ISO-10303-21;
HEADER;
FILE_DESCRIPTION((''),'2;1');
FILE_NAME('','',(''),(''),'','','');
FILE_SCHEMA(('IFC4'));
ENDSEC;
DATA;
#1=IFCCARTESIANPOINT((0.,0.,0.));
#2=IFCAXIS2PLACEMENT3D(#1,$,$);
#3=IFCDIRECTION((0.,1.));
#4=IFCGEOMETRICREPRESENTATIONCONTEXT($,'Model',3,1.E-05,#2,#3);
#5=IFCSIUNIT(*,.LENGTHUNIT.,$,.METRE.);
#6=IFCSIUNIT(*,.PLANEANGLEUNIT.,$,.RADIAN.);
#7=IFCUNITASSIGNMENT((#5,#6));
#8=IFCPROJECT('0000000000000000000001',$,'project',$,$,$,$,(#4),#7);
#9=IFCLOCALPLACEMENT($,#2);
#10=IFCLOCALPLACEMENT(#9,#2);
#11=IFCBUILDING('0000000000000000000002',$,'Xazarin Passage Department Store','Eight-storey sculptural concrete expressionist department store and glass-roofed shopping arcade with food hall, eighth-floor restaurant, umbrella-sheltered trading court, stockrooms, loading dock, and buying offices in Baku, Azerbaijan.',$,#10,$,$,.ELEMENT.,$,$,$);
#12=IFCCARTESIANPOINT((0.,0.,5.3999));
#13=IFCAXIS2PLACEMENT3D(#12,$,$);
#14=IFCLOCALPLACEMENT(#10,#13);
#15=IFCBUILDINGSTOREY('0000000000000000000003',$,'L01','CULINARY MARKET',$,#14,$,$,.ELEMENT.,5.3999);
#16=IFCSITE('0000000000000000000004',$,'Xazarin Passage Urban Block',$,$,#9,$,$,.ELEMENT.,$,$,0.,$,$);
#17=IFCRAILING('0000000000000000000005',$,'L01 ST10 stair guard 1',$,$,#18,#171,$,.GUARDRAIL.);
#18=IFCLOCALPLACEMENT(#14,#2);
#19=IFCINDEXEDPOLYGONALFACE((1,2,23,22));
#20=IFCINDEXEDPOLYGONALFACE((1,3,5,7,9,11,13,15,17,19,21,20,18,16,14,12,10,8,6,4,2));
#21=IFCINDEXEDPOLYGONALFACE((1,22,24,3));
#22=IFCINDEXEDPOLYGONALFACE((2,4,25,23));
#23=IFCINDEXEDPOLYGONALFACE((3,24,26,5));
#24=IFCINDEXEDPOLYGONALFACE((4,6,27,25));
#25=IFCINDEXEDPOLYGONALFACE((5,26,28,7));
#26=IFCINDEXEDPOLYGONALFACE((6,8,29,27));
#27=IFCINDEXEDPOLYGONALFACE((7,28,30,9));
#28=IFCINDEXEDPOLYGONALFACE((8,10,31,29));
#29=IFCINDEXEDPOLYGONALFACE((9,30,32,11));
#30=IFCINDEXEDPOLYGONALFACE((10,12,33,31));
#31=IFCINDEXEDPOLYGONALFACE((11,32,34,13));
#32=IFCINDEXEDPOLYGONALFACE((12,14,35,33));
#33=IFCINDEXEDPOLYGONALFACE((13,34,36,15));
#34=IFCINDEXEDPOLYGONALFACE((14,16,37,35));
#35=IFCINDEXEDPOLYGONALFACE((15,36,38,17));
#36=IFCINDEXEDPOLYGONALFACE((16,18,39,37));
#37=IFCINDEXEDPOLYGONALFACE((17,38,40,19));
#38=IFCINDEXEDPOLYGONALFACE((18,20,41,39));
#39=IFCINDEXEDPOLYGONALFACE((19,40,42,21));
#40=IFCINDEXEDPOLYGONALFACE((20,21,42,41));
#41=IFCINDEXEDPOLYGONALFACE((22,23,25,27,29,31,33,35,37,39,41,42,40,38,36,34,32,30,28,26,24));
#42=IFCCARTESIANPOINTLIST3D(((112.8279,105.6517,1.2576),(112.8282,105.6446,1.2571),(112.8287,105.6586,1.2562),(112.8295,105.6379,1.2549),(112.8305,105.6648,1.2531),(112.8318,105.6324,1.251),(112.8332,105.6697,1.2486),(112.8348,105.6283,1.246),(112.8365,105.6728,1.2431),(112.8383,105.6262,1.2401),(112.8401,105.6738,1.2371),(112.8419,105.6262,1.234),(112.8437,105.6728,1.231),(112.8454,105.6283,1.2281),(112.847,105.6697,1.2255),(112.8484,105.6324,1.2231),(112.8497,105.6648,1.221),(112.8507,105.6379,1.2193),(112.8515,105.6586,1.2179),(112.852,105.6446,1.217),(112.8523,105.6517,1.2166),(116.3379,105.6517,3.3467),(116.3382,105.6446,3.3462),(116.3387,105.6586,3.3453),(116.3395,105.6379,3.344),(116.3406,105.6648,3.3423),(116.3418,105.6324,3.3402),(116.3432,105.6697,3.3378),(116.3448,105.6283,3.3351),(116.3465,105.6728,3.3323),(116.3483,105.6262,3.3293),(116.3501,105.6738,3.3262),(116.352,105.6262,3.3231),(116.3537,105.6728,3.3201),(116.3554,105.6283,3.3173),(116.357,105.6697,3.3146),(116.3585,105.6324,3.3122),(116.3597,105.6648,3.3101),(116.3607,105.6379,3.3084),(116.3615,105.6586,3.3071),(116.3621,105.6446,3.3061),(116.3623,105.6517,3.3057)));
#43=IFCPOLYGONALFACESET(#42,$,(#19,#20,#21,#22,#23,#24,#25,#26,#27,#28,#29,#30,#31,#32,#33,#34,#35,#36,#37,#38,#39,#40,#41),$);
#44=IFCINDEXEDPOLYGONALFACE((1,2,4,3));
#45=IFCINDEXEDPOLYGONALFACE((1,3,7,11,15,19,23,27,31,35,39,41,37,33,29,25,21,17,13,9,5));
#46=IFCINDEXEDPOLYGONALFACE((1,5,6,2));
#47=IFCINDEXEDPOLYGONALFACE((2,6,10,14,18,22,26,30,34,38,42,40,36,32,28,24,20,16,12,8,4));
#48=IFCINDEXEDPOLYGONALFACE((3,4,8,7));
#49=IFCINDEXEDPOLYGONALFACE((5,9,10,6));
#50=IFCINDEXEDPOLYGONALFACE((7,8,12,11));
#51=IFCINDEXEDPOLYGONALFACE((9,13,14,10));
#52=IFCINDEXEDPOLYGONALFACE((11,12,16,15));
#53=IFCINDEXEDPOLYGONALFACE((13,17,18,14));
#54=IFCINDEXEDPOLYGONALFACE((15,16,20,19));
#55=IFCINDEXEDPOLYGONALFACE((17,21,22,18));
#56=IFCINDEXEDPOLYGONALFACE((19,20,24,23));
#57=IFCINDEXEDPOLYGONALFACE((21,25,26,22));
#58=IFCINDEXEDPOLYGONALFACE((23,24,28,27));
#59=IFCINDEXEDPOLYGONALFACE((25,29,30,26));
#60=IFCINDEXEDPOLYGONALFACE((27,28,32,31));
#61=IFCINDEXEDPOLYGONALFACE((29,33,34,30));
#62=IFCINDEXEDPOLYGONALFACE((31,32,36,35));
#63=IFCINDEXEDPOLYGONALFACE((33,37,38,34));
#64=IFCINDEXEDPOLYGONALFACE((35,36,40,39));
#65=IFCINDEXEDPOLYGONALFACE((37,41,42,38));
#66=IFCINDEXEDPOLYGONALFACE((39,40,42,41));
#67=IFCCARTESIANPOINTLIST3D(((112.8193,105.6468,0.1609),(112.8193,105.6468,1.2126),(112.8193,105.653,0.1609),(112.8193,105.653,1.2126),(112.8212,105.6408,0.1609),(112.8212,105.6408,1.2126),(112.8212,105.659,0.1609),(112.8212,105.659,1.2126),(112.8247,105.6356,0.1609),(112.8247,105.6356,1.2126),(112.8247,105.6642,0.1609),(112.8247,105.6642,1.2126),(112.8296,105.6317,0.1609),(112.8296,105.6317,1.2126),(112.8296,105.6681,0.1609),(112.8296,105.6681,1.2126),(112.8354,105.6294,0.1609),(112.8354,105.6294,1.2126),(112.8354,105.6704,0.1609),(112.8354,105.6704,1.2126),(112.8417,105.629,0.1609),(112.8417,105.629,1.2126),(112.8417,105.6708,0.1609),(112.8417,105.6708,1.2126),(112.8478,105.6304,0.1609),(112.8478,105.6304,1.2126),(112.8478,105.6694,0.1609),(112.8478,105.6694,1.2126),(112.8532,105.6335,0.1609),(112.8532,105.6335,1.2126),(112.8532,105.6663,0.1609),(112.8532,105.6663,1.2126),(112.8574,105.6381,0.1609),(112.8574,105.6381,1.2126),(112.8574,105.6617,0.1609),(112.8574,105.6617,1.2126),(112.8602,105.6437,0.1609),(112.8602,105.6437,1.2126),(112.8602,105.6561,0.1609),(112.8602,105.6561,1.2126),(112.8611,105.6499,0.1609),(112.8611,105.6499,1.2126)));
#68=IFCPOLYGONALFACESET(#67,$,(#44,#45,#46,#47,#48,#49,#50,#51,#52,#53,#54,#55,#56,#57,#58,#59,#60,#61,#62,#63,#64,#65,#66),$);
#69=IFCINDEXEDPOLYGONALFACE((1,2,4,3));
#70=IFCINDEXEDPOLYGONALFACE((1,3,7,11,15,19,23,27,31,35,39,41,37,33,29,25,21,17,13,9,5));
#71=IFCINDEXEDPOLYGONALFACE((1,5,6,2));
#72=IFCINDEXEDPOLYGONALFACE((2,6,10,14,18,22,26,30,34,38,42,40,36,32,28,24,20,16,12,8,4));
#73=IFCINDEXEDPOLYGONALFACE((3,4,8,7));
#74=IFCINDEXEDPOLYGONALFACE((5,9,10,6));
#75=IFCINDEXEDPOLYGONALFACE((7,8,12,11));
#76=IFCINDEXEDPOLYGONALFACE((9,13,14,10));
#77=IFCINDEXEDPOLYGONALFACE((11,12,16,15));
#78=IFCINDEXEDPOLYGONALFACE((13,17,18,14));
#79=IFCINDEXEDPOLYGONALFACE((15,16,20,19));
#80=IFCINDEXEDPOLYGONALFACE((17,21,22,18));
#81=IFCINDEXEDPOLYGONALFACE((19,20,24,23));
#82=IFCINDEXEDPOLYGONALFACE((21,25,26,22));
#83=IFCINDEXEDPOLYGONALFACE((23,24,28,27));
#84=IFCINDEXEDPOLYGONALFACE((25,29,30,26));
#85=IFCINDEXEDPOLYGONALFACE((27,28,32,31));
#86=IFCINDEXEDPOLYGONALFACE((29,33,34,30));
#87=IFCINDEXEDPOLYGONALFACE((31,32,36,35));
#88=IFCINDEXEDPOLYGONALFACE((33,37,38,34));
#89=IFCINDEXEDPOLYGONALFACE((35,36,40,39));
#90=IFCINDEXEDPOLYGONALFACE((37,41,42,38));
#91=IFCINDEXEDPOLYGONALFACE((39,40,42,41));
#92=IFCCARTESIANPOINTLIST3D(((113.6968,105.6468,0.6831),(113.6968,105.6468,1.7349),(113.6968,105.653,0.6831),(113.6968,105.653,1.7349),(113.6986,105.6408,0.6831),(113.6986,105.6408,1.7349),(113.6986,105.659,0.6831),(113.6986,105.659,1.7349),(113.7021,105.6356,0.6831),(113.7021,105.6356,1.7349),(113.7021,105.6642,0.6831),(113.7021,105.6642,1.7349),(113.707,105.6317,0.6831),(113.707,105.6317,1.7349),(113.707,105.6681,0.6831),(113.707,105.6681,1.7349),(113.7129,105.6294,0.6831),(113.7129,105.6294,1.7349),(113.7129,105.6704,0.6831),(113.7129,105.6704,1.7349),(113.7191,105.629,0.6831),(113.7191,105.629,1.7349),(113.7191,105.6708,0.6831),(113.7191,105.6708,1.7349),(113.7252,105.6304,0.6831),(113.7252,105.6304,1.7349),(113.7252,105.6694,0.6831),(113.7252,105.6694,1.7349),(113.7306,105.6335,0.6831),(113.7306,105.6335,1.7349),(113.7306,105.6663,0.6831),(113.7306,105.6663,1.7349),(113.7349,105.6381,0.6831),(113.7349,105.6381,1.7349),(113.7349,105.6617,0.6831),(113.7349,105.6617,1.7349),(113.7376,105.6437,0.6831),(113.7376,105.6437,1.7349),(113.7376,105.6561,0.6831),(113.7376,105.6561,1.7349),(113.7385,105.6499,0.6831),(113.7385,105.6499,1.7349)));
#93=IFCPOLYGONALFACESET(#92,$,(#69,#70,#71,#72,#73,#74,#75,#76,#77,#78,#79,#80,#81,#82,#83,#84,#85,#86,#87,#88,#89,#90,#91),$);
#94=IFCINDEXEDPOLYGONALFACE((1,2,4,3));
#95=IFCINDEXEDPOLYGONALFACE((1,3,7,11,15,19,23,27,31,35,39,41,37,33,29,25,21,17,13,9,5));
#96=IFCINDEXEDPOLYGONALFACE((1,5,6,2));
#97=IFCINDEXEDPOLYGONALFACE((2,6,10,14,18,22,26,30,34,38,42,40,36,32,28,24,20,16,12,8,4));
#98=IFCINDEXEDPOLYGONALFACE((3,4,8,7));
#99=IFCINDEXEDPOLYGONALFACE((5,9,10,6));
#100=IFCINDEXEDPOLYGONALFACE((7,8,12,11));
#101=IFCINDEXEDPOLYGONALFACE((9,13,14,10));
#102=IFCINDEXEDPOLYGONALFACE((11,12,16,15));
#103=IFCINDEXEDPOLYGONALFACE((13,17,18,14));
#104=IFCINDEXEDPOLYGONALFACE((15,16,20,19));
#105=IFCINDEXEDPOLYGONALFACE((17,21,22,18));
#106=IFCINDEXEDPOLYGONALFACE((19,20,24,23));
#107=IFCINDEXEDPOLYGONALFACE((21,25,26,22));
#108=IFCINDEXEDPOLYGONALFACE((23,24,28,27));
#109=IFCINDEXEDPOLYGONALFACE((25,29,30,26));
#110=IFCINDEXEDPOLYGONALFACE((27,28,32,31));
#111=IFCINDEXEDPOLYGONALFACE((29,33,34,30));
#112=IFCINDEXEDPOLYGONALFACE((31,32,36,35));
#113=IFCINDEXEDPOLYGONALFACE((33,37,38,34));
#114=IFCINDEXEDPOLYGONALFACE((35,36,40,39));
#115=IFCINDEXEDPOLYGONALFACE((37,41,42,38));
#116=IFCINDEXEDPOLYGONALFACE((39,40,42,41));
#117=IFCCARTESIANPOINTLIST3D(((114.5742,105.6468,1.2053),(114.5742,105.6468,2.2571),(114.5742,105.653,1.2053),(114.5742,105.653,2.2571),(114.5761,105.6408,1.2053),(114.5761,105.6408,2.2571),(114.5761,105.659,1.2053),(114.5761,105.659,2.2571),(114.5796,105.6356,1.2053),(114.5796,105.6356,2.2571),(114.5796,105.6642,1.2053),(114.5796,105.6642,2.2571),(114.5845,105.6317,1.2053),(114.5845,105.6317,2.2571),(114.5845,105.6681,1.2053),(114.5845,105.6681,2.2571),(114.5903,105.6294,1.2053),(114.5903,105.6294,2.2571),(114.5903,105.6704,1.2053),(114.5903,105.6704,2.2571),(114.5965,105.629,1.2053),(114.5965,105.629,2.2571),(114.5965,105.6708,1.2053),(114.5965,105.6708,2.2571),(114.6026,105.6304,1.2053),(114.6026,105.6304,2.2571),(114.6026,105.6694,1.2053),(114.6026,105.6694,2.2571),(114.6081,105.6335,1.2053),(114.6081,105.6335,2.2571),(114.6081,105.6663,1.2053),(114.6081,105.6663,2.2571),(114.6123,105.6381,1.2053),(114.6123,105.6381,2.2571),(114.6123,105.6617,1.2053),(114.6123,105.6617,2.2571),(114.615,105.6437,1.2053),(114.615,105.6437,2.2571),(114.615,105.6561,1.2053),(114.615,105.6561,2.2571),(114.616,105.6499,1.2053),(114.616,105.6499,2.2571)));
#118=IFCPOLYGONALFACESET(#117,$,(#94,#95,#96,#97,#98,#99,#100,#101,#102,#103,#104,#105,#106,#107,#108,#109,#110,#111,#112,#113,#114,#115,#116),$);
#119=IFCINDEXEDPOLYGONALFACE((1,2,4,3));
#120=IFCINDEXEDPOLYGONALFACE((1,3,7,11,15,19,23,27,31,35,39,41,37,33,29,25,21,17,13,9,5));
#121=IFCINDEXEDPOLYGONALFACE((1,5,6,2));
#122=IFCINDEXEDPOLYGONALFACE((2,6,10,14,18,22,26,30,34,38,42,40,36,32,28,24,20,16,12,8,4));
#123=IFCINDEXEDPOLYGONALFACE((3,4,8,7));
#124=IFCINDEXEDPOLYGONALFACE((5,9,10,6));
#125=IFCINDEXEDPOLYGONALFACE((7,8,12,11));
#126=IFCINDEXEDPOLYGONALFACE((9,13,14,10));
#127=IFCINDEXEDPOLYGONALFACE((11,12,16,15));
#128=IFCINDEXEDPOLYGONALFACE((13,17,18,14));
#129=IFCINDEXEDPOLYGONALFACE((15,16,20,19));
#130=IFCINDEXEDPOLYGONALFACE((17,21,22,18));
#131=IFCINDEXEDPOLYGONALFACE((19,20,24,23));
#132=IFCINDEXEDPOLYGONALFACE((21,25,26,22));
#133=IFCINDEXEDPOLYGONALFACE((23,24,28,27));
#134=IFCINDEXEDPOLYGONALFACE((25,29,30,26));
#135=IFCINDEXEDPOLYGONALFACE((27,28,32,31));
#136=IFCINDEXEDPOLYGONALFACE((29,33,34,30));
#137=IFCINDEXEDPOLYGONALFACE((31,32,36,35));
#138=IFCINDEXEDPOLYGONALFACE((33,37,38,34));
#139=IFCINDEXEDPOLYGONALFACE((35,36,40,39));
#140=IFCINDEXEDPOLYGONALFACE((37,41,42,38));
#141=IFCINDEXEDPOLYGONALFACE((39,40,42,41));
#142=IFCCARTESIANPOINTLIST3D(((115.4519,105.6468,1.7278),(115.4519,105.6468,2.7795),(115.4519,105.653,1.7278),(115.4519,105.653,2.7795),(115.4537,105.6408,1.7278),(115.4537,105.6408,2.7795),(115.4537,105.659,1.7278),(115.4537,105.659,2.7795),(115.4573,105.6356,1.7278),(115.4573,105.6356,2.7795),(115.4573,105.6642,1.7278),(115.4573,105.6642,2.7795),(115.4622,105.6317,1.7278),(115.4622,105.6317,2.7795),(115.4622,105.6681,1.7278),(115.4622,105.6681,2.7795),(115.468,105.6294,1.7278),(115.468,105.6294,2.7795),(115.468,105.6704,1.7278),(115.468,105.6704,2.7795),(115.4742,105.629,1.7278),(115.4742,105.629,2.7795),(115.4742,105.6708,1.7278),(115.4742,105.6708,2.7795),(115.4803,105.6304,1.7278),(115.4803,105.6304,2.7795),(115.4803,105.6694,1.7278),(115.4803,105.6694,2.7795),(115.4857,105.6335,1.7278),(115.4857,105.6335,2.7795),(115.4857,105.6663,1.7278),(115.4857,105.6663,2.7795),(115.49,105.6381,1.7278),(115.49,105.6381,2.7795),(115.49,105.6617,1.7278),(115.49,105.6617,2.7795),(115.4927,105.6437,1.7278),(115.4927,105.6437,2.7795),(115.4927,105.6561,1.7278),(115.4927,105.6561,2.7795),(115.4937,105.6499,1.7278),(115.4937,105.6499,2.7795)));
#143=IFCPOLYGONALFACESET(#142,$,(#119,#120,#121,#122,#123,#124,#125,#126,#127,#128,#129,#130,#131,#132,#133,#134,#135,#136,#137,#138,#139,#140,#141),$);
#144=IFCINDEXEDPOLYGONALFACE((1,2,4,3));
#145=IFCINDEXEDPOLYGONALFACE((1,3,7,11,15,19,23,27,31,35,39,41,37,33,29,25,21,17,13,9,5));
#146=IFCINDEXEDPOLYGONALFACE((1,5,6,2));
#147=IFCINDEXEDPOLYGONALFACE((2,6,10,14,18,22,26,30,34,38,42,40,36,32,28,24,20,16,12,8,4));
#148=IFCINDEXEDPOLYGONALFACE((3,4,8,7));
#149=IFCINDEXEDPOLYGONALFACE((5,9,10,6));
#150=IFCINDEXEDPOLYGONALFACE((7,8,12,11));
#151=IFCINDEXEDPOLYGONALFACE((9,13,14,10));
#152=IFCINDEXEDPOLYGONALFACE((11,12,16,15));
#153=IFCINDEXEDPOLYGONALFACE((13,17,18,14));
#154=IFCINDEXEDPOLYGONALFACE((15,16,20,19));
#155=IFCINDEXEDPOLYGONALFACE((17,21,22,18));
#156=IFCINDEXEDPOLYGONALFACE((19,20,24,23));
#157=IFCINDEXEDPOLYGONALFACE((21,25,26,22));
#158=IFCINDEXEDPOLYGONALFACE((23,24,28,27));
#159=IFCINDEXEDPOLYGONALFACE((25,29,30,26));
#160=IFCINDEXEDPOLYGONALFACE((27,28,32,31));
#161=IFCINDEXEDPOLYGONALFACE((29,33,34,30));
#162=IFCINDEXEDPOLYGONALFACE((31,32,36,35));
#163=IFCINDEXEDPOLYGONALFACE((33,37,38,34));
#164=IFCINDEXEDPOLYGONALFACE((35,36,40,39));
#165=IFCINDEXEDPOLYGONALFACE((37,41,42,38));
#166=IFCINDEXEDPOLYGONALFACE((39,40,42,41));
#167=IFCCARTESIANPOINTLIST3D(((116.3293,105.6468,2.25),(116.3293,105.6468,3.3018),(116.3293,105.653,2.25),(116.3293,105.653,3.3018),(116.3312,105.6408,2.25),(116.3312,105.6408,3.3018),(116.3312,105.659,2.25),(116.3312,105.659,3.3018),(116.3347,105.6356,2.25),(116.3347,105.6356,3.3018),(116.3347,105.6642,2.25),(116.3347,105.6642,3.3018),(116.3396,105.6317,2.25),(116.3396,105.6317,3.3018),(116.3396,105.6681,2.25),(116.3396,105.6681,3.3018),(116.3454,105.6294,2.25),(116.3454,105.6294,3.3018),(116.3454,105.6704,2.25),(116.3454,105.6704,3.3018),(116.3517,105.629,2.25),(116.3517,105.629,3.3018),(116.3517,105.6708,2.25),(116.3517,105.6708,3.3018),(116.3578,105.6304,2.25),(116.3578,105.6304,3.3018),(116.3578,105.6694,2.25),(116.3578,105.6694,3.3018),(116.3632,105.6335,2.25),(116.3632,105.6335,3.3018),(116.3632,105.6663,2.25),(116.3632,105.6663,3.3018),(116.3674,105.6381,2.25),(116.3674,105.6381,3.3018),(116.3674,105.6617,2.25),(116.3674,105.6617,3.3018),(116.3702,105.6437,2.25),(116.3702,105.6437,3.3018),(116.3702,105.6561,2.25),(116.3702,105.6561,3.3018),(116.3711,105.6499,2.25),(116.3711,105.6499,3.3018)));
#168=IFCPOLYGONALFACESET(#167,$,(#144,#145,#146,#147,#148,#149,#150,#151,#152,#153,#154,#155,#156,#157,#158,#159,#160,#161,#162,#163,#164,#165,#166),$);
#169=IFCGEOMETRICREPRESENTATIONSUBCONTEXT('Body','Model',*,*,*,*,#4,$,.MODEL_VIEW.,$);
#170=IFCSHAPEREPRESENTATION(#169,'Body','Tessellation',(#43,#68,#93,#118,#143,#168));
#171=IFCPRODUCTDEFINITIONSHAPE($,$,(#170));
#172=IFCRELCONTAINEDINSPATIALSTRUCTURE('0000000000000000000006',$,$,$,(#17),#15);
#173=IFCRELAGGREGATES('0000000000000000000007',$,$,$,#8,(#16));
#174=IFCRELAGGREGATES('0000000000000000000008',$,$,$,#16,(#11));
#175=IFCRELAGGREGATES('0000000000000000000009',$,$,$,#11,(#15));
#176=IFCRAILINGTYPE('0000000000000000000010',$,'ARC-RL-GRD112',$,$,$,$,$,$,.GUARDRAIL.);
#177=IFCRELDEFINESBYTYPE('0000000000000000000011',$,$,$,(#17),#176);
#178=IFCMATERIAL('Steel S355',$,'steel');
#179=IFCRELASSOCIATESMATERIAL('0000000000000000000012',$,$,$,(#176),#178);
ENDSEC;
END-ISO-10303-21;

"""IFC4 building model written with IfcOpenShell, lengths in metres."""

from ifc_helpers import new_model, si_unit, direction, frame, origin, origin_2d, place, context, subcontext, project, spatial, circle, extrude, material, type_object, element, save


model = new_model("IFC4")

# Units and contexts
model_context = context("Model", 3, precision=1e-05, world=origin(), true_north=direction((0.0, 1.0)))
body_context = subcontext(model_context, "Body", "Model", "MODEL_VIEW")
ifc_project = project(units=[si_unit("LENGTHUNIT", "METRE"), si_unit("PLANEANGLEUNIT", "RADIAN")], contexts=[model_context])

# Site, building, storey
site_placement = place(None, origin())
site = spatial("IfcSite", under=ifc_project, at=site_placement, Name="Xazarin Passage Urban Block", CompositionType="ELEMENT", RefElevation=0.0)
building_placement = place(site_placement, origin())
building = spatial("IfcBuilding", under=site, at=building_placement, Name="Xazarin Passage Department Store", Description="Eight-storey sculptural concrete expressionist department store and glass-roofed shopping arcade with food hall, eighth-floor restaurant, umbrella-sheltered trading court, stockrooms, loading dock, and buying offices in Baku, Azerbaijan.", CompositionType="ELEMENT")
storey_placement = place(building_placement, frame((0.0, 0.0, 5.3999)))
storey = spatial("IfcBuildingStorey", under=building, at=storey_placement, Name="L01", Description="CULINARY MARKET", CompositionType="ELEMENT", Elevation=5.3999)

# Shared definitions
ifc_material_1 = material(Name="Steel S355", Category="steel")

# Railing
railing_type_1 = type_object("IfcRailingType", Name="ARC-RL-GRD112", PredefinedType="GUARDRAIL", material=ifc_material_1)
railing_1_placement = place(storey_placement, frame((112.8401, 105.6499, 0.1609)))
element("IfcRailing", 1, at=railing_1_placement, inside=storey, type_object=railing_type_1, Name="L01 ST10 stair guard 1", PredefinedType="GUARDRAIL", context=body_context, shape_type="SweptSolid", body=[
    extrude(circle(Radius=0.0239, at=origin_2d()), frame((0.0, 0.0, 1.0762), z_axis=(0.859312, 0.0, 0.511451), x_axis=(0.0, 1.0, 0.0)), (0.0, 0.0, 1.0), 4.0847),
    extrude(circle(Radius=0.021, at=origin_2d()), origin(), (0.0, 0.0, 1.0), 1.0518),
    extrude(circle(Radius=0.021, at=origin_2d()), frame((0.8774, 0.0, 0.5222)), (0.0, 0.0, 1.0), 1.0518),
    extrude(circle(Radius=0.021, at=origin_2d()), frame((1.7549, 0.0, 1.0444)), (0.0, 0.0, 1.0), 1.0518),
    extrude(circle(Radius=0.021, at=origin_2d()), frame((2.6326, 0.0, 1.5669)), (0.0, 0.0, 1.0), 1.0518),
    extrude(circle(Radius=0.021, at=origin_2d()), frame((3.51, 0.0, 2.0891)), (0.0, 0.0, 1.0), 1.0518),
])

save(model, "model.ifc")
